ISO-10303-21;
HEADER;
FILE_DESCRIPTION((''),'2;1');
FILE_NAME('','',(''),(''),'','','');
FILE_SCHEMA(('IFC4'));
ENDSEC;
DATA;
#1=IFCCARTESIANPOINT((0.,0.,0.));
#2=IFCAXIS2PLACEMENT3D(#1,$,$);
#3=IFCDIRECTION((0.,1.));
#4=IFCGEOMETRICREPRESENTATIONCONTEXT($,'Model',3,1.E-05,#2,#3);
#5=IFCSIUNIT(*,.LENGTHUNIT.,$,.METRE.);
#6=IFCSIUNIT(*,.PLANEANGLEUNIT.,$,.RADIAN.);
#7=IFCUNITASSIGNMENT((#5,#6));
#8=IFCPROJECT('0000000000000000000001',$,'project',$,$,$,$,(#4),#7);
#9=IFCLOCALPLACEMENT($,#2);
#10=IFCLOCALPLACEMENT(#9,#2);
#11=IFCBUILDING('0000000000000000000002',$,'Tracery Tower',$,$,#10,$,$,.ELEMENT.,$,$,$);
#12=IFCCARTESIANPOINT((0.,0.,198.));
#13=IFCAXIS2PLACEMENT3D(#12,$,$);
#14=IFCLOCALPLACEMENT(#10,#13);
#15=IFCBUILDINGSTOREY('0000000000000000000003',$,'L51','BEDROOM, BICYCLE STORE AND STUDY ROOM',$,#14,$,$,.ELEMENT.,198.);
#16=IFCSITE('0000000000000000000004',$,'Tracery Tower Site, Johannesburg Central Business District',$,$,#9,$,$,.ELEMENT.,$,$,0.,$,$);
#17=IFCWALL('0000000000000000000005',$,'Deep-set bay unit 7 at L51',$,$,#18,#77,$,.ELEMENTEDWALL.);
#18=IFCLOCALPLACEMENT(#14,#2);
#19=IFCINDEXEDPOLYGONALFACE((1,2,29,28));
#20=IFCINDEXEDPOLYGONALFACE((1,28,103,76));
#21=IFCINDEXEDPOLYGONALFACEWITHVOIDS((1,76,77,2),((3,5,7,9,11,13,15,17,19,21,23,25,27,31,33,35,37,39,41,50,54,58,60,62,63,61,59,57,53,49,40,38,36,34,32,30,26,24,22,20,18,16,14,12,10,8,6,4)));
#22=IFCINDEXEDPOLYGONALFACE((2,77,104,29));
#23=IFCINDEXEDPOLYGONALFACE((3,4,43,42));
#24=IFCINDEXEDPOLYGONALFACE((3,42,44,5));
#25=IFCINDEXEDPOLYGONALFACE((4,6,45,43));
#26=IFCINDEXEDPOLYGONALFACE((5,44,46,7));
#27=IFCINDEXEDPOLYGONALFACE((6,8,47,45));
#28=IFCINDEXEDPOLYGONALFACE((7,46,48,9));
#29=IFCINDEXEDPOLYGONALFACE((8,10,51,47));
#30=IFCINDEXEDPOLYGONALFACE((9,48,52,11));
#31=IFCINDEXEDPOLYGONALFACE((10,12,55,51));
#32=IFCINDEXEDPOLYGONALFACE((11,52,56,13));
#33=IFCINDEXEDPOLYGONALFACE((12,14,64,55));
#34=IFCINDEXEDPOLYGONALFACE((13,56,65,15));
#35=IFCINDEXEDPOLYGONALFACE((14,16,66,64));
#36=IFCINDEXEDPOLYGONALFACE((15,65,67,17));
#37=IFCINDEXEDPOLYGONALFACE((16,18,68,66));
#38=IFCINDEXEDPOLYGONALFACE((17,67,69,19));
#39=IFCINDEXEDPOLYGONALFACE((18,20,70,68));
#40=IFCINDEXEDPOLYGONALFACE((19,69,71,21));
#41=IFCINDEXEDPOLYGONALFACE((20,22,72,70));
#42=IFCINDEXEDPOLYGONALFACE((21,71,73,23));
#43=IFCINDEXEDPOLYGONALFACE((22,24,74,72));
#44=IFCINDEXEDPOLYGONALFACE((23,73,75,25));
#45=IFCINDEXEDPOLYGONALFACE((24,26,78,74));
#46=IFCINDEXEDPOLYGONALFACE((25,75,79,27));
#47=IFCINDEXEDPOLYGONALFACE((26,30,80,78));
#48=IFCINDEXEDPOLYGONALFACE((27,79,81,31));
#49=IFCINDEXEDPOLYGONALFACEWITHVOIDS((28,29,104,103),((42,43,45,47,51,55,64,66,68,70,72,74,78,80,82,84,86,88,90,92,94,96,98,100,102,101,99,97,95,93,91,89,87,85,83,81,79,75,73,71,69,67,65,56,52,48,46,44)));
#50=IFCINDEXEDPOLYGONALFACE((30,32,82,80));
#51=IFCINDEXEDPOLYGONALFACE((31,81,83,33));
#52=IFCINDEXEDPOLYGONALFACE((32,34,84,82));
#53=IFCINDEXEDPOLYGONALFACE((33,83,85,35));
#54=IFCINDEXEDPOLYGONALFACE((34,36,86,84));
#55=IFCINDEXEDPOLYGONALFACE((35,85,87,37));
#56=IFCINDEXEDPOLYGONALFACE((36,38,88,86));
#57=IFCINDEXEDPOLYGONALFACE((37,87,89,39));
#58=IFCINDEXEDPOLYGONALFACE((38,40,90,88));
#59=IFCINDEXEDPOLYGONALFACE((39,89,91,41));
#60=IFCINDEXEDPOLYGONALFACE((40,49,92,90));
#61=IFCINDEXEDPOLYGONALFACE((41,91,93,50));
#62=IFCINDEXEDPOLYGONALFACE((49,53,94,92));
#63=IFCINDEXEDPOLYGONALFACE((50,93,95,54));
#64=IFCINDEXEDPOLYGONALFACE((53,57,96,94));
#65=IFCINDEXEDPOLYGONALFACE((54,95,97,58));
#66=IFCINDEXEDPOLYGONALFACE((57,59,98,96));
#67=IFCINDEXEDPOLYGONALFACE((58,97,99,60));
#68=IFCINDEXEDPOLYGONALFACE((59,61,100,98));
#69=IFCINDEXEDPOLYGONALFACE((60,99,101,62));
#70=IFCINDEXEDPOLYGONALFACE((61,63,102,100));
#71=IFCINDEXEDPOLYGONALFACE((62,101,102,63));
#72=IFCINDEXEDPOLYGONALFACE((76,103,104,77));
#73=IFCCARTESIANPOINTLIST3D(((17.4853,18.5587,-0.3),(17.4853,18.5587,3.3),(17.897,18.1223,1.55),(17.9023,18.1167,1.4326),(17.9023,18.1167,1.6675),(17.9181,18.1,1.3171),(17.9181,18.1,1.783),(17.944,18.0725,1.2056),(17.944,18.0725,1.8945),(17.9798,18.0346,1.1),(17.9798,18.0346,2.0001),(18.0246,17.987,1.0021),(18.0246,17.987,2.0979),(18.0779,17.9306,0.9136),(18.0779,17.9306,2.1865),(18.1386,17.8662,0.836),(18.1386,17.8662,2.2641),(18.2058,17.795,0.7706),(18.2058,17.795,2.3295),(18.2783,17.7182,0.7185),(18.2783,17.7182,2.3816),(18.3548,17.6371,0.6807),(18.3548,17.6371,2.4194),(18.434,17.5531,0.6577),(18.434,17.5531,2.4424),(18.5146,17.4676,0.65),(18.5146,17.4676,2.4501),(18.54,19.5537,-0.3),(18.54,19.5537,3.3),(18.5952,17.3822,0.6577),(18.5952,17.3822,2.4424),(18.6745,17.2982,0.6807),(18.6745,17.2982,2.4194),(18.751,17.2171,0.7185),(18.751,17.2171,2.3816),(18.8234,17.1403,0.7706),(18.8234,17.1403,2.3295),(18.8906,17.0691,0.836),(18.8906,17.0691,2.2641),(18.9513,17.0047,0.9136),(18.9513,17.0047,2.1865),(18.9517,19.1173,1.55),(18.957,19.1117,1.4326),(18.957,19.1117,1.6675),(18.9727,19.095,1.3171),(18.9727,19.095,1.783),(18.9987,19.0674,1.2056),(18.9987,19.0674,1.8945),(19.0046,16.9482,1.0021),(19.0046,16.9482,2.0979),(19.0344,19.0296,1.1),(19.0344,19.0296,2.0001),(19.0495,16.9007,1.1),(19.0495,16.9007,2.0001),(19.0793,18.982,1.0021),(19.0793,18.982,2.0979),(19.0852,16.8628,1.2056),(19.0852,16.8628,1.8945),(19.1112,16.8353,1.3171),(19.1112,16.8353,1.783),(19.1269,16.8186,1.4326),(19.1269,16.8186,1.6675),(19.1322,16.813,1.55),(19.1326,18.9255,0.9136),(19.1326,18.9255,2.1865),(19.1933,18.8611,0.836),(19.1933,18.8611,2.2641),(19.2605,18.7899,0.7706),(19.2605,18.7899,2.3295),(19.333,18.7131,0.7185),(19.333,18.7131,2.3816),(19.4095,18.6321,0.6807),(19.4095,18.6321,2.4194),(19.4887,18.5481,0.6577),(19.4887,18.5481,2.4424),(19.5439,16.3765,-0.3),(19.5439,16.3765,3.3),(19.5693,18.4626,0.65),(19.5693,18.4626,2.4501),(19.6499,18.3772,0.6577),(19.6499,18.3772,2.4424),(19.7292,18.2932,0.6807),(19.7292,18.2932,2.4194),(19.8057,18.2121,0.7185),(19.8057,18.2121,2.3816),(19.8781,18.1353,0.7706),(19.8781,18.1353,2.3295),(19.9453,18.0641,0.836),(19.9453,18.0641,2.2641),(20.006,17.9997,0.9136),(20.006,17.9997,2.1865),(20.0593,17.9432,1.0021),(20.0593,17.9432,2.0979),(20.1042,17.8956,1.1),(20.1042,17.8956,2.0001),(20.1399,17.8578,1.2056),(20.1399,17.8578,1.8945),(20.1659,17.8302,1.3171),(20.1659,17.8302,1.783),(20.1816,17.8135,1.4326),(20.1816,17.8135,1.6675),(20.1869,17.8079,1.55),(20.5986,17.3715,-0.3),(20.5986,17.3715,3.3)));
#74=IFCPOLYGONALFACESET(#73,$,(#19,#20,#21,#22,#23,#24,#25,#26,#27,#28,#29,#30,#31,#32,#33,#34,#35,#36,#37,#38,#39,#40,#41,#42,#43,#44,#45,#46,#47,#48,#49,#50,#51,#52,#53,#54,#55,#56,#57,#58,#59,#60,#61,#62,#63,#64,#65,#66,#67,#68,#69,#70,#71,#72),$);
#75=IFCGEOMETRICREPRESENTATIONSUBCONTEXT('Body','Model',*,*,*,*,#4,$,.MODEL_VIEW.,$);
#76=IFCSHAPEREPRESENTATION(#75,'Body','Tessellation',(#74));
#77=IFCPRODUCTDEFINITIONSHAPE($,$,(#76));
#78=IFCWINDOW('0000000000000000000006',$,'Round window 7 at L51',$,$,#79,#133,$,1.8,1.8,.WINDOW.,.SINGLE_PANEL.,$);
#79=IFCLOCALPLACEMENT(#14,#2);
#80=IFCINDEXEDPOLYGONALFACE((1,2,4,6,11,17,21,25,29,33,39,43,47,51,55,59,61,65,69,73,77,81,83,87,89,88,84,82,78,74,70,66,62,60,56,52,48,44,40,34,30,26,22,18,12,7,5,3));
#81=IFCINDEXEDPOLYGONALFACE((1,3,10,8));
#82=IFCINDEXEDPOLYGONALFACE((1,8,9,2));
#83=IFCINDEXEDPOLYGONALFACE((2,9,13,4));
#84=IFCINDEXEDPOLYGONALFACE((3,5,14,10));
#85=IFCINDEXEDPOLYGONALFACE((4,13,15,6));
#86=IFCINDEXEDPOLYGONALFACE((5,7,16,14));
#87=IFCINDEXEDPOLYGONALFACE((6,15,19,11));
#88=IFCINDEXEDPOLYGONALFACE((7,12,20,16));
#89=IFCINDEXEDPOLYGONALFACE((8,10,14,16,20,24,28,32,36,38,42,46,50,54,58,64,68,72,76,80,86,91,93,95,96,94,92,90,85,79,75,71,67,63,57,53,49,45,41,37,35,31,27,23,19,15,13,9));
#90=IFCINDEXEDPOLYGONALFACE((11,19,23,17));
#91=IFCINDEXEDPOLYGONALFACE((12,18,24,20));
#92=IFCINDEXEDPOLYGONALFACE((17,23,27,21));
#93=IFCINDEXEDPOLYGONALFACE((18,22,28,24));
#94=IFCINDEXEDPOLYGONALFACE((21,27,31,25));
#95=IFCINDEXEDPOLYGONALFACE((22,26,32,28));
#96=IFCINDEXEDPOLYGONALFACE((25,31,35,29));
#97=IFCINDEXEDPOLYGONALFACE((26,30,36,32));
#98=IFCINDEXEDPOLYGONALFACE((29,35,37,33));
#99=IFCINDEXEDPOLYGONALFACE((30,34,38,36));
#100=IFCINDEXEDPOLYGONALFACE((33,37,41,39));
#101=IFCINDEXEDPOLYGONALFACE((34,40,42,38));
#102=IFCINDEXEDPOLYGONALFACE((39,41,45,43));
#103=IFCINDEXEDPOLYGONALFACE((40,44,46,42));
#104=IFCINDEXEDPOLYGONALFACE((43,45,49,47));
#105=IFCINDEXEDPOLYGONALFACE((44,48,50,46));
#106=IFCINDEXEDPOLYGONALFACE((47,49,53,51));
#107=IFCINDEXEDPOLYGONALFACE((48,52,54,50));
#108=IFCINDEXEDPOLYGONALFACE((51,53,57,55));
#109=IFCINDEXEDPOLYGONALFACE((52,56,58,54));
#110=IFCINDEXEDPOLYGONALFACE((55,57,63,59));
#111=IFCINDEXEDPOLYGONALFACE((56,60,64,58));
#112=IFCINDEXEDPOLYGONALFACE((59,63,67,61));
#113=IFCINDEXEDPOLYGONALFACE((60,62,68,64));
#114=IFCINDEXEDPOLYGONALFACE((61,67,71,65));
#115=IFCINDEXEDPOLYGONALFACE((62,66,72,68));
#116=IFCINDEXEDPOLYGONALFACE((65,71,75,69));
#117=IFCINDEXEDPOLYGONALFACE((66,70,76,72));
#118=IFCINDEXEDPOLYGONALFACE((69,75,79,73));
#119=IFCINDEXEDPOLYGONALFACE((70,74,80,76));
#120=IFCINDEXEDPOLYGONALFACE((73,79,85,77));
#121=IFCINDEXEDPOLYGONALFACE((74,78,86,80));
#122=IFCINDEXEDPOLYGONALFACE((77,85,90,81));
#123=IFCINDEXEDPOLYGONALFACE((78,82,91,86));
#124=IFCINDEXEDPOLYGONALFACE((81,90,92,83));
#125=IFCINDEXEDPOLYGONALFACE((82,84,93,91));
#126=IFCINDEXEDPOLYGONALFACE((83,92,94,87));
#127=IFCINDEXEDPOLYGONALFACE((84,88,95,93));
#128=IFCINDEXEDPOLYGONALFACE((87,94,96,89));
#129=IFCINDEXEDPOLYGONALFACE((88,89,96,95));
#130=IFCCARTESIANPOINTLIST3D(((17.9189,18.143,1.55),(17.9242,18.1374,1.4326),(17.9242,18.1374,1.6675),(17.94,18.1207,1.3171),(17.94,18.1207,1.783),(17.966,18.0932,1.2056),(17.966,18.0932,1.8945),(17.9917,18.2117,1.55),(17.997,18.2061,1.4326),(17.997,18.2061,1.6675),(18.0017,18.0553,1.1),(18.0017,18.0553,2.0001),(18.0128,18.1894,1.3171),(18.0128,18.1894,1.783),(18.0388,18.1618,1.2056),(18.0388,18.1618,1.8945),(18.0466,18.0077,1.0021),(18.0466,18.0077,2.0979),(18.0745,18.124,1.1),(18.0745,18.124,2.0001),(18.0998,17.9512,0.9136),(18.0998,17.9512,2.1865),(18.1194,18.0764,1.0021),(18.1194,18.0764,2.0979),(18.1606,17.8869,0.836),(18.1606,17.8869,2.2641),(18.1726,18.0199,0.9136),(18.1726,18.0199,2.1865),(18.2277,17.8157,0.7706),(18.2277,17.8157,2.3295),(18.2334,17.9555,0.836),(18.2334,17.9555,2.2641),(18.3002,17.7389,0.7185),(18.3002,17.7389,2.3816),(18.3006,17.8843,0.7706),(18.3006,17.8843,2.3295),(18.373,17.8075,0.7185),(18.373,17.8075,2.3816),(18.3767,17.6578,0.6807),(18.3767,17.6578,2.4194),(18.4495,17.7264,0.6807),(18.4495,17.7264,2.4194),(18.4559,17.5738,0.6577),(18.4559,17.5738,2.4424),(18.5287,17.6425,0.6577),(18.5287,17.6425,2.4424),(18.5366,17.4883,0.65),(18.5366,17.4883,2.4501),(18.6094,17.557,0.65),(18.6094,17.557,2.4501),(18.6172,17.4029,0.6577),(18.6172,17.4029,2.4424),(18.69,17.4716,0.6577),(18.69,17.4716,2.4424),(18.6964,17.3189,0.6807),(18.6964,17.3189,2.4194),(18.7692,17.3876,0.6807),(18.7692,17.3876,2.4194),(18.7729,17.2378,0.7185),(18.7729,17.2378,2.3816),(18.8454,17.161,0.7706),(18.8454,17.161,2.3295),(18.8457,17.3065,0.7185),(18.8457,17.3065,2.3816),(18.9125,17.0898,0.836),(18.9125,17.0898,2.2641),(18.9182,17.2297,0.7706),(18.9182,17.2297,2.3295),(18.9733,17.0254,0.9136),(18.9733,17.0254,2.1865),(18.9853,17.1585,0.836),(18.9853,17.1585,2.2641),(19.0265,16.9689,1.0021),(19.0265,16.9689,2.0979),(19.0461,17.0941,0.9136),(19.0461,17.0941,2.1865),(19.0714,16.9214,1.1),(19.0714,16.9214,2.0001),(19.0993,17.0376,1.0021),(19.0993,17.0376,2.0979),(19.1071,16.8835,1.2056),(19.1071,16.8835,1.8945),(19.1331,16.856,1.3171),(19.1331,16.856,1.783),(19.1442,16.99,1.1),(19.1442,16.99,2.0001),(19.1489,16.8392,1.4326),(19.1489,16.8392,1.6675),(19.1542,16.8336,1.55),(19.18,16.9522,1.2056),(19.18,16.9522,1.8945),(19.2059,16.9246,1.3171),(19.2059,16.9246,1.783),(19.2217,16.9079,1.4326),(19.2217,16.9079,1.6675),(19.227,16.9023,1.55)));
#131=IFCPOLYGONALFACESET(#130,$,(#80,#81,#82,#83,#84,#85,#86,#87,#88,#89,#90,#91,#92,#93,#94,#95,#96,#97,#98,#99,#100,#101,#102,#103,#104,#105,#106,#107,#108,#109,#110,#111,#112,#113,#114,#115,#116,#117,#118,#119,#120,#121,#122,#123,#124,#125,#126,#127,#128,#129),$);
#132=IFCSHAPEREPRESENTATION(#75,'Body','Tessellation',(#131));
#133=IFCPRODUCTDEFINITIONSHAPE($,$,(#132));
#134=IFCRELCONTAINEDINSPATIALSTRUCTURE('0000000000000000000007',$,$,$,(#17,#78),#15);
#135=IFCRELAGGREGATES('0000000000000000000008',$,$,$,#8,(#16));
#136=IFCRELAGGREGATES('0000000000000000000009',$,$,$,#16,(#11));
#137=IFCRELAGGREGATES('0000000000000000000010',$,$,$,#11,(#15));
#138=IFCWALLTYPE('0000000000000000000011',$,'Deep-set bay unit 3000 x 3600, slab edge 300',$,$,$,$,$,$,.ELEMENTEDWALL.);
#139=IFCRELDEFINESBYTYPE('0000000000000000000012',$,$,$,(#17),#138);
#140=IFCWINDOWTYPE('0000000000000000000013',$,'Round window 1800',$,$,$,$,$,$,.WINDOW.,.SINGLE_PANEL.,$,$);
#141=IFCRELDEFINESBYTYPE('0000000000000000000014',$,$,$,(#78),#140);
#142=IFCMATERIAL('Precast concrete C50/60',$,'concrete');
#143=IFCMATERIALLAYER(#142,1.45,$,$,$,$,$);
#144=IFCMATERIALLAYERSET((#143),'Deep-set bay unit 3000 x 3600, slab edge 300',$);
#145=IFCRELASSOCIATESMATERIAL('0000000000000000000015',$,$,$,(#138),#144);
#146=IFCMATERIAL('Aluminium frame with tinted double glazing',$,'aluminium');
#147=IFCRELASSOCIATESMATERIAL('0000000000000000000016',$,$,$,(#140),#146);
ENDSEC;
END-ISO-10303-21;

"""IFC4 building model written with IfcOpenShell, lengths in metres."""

from ifc_helpers import new_model, si_unit, direction, frame, frame_2d, origin, origin_2d, place, context, subcontext, project, spatial, rectangle, circle, extrude, material, layer, layer_set, type_object, element, fill, save


model = new_model("IFC4")

# Units and contexts
model_context = context("Model", 3, precision=1e-05, world=origin(), true_north=direction((0.0, 1.0)))
body_context = subcontext(model_context, "Body", "Model", "MODEL_VIEW")
ifc_project = project(units=[si_unit("LENGTHUNIT", "METRE"), si_unit("PLANEANGLEUNIT", "RADIAN")], contexts=[model_context])

# Site, building, storey
site_placement = place(None, origin())
site = spatial("IfcSite", under=ifc_project, at=site_placement, Name="Tracery Tower Site, Johannesburg Central Business District", CompositionType="ELEMENT", RefElevation=0.0)
building_placement = place(site_placement, origin())
building = spatial("IfcBuilding", under=site, at=building_placement, Name="Tracery Tower", CompositionType="ELEMENT")
storey_placement = place(building_placement, frame((0.0, 0.0, 198.0)))
storey = spatial("IfcBuildingStorey", under=building, at=storey_placement, Name="L51", Description="BEDROOM, BICYCLE STORE AND STUDY ROOM", CompositionType="ELEMENT", Elevation=198.0)

# Wall, opening, window
ifc_material_1 = material(Name="Precast concrete C50/60", Category="concrete")
ifc_layer_1 = layer(ifc_material_1, 1.45)
ifc_layer_set_1 = layer_set([ifc_layer_1], Name="Deep-set bay unit 3000 x 3600, slab edge 300")
wall_type_1 = type_object("IfcWallType", Name="Deep-set bay unit 3000 x 3600, slab edge 300", PredefinedType="ELEMENTEDWALL", material=ifc_layer_set_1)
wall_1_placement = place(storey_placement, frame((20.0713, 16.874, -0.3), z_axis=(0.0, 0.0, 1.0), x_axis=(-0.686217, 0.727397, 0.0)))
wall_1 = element("IfcWall", 1, at=wall_1_placement, inside=storey, type_object=wall_type_1, Name="Deep-set bay unit 7 at L51", PredefinedType="ELEMENTEDWALL", context=body_context, shape_type="SweptSolid", body=[
    extrude(rectangle(XDim=3.0, YDim=1.45, at=frame_2d((1.5, 0.0))), origin(), (0.0, 0.0, 1.0), 3.6001),
])
opening_1_placement = place(wall_1_placement, frame((1.5, 0.0, 1.8501)))
opening_1 = element("IfcOpeningElement", 2, at=opening_1_placement, cuts=wall_1, PredefinedType="OPENING", context=body_context, shape_type="SweptSolid", body=[
    extrude(circle(Radius=0.9, at=origin_2d()), frame((0.0, 0.7349, 0.0), z_axis=(0.0, -1.0, 0.0), x_axis=(1.0, 0.0, 0.0)), (0.0, 0.0, 1.0), 1.47),
])
ifc_material_2 = material(Name="Aluminium frame with tinted double glazing", Category="aluminium")
window_type = type_object("IfcWindowType", Name="Round window 1800", PartitioningType="SINGLE_PANEL", PredefinedType="WINDOW", material=ifc_material_2)
window_1_placement = place(opening_1_placement, origin())
window_1 = element("IfcWindow", 3, at=window_1_placement, inside=storey, type_object=window_type, Name="Round window 7 at L51", OverallHeight=1.8, OverallWidth=1.8, PartitioningType="SINGLE_PANEL", PredefinedType="WINDOW", context=body_context, shape_type="SweptSolid", body=[
    extrude(circle(Radius=0.9, at=origin_2d()), frame((0.0, 0.6948, 0.0), z_axis=(0.0, -1.0, 0.0), x_axis=(1.0, 0.0, 0.0)), (0.0, 0.0, 1.0), 0.1001),
])
fill(opening_1, window_1)

save(model, "model.ifc")
